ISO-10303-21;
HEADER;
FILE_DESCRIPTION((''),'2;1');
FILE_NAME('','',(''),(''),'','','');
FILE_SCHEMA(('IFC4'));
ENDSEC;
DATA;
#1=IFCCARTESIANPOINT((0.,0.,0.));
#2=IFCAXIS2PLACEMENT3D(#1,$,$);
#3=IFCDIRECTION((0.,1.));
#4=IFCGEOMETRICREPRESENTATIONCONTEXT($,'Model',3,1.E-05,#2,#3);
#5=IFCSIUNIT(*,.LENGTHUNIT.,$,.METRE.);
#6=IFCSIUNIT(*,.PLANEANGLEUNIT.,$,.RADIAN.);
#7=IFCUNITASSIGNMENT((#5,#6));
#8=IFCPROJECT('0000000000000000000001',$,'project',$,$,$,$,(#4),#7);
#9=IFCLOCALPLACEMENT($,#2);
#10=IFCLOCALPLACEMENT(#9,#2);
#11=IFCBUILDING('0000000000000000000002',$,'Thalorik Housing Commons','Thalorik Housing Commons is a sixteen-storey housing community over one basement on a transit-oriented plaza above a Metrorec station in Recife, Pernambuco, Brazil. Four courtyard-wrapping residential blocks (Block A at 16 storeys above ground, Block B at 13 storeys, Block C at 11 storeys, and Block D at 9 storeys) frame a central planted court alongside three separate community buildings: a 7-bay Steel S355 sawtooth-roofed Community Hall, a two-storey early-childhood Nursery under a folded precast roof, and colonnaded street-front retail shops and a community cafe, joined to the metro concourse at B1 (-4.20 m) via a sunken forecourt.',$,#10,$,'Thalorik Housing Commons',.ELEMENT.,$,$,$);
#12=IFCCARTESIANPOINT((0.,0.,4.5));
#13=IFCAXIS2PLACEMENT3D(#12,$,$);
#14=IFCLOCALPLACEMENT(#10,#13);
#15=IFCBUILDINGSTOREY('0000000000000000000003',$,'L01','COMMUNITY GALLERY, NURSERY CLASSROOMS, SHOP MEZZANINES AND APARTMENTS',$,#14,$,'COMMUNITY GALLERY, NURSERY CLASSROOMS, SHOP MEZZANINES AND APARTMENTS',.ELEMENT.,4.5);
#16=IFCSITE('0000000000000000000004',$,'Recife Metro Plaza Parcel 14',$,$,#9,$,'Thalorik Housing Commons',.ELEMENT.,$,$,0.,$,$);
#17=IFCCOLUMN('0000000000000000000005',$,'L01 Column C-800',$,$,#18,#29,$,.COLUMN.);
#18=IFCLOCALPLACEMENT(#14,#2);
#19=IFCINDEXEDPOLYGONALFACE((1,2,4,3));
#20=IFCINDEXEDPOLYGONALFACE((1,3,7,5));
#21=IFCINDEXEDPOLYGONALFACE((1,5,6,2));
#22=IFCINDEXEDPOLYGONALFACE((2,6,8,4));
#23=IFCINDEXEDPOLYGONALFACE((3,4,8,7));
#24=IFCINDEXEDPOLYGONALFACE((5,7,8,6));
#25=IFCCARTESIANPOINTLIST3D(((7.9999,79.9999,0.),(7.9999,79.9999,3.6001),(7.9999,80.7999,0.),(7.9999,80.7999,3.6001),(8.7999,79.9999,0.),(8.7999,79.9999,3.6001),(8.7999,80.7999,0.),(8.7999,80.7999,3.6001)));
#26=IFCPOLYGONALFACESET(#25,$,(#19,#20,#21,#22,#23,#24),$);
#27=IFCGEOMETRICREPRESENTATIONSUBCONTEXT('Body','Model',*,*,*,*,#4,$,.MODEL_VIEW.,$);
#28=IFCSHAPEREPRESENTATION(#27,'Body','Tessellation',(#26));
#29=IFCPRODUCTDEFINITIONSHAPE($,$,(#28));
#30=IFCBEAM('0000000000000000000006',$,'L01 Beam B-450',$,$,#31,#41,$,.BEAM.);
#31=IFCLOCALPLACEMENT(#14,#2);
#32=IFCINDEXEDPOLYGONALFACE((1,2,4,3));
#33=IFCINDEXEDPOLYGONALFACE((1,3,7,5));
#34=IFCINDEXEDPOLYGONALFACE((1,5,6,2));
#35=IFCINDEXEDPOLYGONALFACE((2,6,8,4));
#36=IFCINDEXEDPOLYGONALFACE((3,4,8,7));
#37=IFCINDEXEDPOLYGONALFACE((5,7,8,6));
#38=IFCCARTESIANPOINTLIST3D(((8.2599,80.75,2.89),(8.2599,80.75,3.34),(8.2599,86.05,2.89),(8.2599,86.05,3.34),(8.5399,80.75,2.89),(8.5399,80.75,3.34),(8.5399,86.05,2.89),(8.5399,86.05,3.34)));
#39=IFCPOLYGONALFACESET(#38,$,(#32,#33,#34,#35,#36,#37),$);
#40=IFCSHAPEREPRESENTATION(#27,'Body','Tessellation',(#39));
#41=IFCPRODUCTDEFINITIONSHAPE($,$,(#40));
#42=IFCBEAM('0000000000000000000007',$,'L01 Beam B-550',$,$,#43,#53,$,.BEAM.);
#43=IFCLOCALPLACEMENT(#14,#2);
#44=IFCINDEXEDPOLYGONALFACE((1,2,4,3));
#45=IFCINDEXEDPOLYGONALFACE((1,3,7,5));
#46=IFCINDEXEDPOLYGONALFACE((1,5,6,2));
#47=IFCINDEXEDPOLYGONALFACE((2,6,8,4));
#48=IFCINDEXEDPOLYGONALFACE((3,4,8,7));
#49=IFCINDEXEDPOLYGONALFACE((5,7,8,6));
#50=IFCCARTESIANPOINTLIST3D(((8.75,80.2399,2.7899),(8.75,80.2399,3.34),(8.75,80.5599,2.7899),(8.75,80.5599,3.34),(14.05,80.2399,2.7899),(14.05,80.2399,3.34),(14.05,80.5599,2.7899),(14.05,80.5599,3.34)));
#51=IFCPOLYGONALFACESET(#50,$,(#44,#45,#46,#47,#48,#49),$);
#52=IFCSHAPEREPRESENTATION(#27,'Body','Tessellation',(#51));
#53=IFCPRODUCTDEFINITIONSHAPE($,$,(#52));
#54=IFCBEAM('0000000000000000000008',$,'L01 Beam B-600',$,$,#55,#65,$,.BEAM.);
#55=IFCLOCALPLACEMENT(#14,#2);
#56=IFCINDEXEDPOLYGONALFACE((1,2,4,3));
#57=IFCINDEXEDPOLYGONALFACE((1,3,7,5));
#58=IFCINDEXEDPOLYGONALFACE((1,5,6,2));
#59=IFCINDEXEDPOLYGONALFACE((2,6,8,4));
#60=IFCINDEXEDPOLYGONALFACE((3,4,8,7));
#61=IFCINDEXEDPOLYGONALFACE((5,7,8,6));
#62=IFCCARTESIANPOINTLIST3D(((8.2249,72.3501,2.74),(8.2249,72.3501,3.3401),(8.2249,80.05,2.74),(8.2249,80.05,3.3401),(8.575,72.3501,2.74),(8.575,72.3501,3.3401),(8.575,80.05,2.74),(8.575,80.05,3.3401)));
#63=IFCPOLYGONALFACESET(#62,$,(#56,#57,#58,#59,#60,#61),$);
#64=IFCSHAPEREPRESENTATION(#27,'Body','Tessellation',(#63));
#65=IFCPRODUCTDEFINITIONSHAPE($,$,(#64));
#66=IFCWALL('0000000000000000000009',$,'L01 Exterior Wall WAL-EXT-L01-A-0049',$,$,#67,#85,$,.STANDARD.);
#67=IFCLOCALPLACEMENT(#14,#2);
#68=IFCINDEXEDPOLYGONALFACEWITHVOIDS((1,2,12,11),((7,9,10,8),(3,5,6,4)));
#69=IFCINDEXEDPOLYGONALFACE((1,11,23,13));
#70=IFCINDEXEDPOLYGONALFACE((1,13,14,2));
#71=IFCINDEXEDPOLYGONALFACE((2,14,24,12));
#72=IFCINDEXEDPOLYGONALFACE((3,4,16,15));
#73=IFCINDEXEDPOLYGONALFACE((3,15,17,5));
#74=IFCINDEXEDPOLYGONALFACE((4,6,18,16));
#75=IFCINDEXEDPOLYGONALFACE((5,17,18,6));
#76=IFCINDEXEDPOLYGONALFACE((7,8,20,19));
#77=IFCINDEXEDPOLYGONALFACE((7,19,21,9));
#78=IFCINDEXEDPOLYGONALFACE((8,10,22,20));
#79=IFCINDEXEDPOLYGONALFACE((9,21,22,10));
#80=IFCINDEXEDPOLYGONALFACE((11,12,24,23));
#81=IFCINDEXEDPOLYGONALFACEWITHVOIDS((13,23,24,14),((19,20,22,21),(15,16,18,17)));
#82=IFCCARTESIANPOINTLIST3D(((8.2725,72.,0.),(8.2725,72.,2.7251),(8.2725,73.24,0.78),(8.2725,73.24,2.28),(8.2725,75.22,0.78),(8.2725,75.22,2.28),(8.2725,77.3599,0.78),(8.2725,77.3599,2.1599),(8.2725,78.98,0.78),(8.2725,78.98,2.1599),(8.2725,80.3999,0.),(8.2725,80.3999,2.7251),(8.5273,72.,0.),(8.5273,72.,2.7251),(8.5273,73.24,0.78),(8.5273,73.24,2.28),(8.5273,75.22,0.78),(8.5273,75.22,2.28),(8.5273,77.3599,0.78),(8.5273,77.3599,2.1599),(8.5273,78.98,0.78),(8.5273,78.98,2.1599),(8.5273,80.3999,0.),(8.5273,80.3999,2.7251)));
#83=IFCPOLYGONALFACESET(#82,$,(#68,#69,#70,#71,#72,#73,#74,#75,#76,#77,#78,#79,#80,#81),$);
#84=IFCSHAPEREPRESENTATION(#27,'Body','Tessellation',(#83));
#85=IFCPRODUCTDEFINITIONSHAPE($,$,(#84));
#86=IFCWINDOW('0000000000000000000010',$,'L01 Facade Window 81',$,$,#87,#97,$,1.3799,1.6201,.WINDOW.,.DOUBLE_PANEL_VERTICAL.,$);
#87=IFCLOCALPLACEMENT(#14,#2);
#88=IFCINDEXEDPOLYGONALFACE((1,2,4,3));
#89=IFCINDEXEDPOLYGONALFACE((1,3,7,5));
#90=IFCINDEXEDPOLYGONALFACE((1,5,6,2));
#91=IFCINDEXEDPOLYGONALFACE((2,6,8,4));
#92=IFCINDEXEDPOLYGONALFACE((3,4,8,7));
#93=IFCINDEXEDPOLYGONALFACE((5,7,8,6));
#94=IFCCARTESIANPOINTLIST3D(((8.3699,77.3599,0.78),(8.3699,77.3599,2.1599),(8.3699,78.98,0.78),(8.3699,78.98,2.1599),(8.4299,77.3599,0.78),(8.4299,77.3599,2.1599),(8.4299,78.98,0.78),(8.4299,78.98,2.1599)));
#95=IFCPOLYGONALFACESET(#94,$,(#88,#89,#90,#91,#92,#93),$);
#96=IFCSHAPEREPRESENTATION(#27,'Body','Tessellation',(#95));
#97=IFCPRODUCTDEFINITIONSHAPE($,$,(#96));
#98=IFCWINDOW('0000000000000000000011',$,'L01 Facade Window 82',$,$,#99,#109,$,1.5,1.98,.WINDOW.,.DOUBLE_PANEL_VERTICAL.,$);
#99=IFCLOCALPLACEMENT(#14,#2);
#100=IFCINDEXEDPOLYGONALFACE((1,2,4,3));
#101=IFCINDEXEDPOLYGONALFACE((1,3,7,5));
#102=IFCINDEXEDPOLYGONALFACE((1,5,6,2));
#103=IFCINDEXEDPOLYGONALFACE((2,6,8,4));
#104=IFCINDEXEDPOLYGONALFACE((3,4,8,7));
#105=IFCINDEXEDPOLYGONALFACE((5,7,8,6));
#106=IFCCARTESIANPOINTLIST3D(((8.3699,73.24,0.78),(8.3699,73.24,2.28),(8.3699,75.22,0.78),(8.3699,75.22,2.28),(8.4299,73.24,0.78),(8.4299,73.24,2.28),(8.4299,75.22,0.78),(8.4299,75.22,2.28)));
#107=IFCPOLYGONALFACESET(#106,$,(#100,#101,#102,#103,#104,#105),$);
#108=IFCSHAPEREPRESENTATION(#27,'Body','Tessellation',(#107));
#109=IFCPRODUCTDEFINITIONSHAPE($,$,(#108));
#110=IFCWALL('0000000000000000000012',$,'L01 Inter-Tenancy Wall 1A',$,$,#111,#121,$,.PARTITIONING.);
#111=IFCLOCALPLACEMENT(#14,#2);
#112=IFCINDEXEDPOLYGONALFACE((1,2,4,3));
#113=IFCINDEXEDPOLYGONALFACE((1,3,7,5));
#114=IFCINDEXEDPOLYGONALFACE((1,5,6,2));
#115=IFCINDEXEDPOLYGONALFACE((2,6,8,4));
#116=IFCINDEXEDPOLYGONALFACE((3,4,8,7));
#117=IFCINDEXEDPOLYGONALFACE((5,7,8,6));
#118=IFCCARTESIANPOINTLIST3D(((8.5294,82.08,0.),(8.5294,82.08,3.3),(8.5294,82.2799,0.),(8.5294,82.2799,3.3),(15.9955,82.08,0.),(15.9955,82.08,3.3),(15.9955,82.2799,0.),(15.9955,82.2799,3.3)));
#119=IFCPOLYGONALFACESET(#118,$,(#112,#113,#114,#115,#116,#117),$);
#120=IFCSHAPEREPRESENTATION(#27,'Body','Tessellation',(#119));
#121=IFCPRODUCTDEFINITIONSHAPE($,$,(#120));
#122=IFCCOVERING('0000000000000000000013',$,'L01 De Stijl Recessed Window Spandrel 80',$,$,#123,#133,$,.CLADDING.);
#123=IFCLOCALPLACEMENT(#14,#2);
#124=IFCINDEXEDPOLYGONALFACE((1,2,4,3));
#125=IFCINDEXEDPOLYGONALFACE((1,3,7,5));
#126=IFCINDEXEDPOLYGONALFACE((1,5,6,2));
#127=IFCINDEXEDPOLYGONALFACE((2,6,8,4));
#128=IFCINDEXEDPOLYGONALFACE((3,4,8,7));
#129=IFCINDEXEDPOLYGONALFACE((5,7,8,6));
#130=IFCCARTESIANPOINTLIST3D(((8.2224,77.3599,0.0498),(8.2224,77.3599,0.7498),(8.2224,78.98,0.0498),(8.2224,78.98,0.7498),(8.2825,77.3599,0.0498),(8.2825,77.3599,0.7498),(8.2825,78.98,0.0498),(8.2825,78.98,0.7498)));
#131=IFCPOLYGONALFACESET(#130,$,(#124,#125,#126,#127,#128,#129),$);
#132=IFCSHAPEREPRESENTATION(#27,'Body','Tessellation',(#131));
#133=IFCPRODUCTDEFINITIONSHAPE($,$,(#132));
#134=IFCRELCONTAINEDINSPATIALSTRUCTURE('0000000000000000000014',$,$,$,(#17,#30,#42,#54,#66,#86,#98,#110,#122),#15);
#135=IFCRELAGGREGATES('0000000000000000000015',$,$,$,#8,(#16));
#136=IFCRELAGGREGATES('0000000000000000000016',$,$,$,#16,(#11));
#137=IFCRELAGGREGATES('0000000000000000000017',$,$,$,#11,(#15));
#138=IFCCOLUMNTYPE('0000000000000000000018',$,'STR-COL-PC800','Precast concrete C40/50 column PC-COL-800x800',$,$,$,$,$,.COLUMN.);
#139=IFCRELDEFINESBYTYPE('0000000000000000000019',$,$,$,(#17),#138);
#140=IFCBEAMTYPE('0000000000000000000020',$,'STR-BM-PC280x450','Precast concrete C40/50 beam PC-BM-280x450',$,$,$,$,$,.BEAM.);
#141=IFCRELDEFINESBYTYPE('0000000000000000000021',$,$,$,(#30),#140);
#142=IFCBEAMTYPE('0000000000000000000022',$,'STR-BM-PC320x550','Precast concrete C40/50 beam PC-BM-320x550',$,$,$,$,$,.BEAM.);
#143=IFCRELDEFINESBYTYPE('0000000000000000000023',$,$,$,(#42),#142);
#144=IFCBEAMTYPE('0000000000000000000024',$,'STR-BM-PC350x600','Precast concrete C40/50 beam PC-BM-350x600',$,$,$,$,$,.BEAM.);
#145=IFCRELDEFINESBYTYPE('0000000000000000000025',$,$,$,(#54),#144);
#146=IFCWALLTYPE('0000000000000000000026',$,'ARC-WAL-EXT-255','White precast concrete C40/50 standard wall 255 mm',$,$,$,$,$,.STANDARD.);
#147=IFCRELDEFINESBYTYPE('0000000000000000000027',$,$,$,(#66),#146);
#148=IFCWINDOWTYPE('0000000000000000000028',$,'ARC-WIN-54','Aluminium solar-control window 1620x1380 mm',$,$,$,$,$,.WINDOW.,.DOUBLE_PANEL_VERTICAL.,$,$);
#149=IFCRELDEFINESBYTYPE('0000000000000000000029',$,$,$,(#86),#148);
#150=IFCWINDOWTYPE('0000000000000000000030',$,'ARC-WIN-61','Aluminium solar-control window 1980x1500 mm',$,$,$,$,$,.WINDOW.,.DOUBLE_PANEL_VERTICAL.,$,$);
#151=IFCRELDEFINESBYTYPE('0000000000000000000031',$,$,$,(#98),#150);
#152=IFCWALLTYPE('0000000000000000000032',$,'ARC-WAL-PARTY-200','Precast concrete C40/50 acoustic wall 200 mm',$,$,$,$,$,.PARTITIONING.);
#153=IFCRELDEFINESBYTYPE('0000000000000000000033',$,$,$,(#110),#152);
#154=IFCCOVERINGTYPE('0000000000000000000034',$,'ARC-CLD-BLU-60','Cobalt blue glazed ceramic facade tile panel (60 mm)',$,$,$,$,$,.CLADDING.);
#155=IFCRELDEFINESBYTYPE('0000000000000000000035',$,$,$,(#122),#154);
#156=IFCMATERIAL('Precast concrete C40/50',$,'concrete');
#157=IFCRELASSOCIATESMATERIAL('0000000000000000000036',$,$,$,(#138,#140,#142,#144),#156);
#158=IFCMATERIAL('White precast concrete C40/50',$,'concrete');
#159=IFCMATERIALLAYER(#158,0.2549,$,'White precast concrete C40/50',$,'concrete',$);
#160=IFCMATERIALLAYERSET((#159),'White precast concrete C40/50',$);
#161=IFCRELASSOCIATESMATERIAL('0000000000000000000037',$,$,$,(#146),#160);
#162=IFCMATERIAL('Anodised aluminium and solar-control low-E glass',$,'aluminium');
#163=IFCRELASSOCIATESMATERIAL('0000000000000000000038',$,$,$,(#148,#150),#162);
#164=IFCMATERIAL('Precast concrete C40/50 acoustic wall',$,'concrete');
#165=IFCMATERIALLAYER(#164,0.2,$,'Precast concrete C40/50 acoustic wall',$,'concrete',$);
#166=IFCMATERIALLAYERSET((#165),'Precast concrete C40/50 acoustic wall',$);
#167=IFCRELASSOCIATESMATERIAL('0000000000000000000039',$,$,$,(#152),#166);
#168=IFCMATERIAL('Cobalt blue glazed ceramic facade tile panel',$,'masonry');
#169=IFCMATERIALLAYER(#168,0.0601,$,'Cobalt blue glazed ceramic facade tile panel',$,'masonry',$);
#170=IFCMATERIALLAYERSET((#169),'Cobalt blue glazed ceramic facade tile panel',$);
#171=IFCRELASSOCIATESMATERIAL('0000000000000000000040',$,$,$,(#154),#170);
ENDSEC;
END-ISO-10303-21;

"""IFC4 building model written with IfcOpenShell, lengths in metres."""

from ifc_helpers import new_model, si_unit, direction, frame, frame_2d, origin, origin_2d, place, context, subcontext, project, spatial, rectangle, extrude, material, layer, layer_set, material_profile, profile_set, type_object, element, fill, save


model = new_model("IFC4")

# Units and contexts
model_context = context("Model", 3, precision=1e-05, world=origin(), true_north=direction((0.0, 1.0)))
body_context = subcontext(model_context, "Body", "Model", "MODEL_VIEW")
ifc_project = project(units=[si_unit("LENGTHUNIT", "METRE"), si_unit("PLANEANGLEUNIT", "RADIAN")], contexts=[model_context])

# Site, building, storey
site_placement = place(None, origin())
site = spatial("IfcSite", under=ifc_project, at=site_placement, Name="Recife Metro Plaza Parcel 14", LongName="Thalorik Housing Commons", CompositionType="ELEMENT", RefElevation=0.0)
building_placement = place(site_placement, origin())
building = spatial("IfcBuilding", under=site, at=building_placement, Name="Thalorik Housing Commons", Description="Thalorik Housing Commons is a sixteen-storey housing community over one basement on a transit-oriented plaza above a Metrorec station in Recife, Pernambuco, Brazil. Four courtyard-wrapping residential blocks (Block A at 16 storeys above ground, Block B at 13 storeys, Block C at 11 storeys, and Block D at 9 storeys) frame a central planted court alongside three separate community buildings: a 7-bay Steel S355 sawtooth-roofed Community Hall, a two-storey early-childhood Nursery under a folded precast roof, and colonnaded street-front retail shops and a community cafe, joined to the metro concourse at B1 (-4.20 m) via a sunken forecourt.", LongName="Thalorik Housing Commons", CompositionType="ELEMENT")
storey_placement = place(building_placement, frame((0.0, 0.0, 4.5)))
storey = spatial("IfcBuildingStorey", under=building, at=storey_placement, Name="L01", Description="COMMUNITY GALLERY, NURSERY CLASSROOMS, SHOP MEZZANINES AND APARTMENTS", LongName="COMMUNITY GALLERY, NURSERY CLASSROOMS, SHOP MEZZANINES AND APARTMENTS", CompositionType="ELEMENT", Elevation=4.5)

# Column
ifc_material_1 = material(Name="Precast concrete C40/50", Category="concrete")
ifc_material_profile_1 = material_profile(ifc_material_1, rectangle(XDim=0.8, YDim=0.8, at=origin_2d()), Name="PC 800x800", Category="concrete")
ifc_profile_set_1 = profile_set([ifc_material_profile_1], Name="Precast concrete C40/50")
column_type = type_object("IfcColumnType", Name="STR-COL-PC800", Description="Precast concrete C40/50 column PC-COL-800x800", PredefinedType="COLUMN", material=ifc_profile_set_1)
column_placement = place(storey_placement, frame((8.3999, 80.3999, 0.0), z_axis=(0.0, 0.0, 1.0), x_axis=(1.0, 0.0, 0.0)))
element("IfcColumn", 1, at=column_placement, inside=storey, type_object=column_type, Name="L01 Column C-800", PredefinedType="COLUMN", context=body_context, shape_type="SweptSolid", body=[
    extrude(rectangle(XDim=0.8, YDim=0.8, at=origin_2d()), origin(), (0.0, 0.0, 1.0), 3.6001),
])

# Beams
ifc_material_profile_2 = material_profile(ifc_material_1, rectangle(XDim=0.28, YDim=0.45, at=origin_2d()), Name="PC 280x450", Category="concrete")
ifc_profile_set_2 = profile_set([ifc_material_profile_2], Name="Precast concrete C40/50")
beam_type_1 = type_object("IfcBeamType", Name="STR-BM-PC280x450", Description="Precast concrete C40/50 beam PC-BM-280x450", PredefinedType="BEAM", material=ifc_profile_set_2)
beam_1_placement = place(storey_placement, frame((8.3999, 80.75, 3.115), z_axis=(0.0, 1.0, 0.0), x_axis=(-1.0, 0.0, 0.0)))
element("IfcBeam", 2, at=beam_1_placement, inside=storey, type_object=beam_type_1, Name="L01 Beam B-450", PredefinedType="BEAM", context=body_context, shape_type="SweptSolid", body=[
    extrude(rectangle(XDim=0.28, YDim=0.45, at=origin_2d()), origin(), (0.0, 0.0, 1.0), 5.3),
])
ifc_material_profile_3 = material_profile(ifc_material_1, rectangle(XDim=0.3201, YDim=0.55, at=origin_2d()), Name="PC 320x550", Category="concrete")
ifc_profile_set_3 = profile_set([ifc_material_profile_3], Name="Precast concrete C40/50")
beam_type_2 = type_object("IfcBeamType", Name="STR-BM-PC320x550", Description="Precast concrete C40/50 beam PC-BM-320x550", PredefinedType="BEAM", material=ifc_profile_set_3)
beam_2_placement = place(storey_placement, frame((8.75, 80.3999, 3.0649), z_axis=(1.0, 0.0, 0.0), x_axis=(0.0, 1.0, 0.0)))
element("IfcBeam", 3, at=beam_2_placement, inside=storey, type_object=beam_type_2, Name="L01 Beam B-550", PredefinedType="BEAM", context=body_context, shape_type="SweptSolid", body=[
    extrude(rectangle(XDim=0.3201, YDim=0.55, at=origin_2d()), origin(), (0.0, 0.0, 1.0), 5.3),
])
ifc_material_profile_4 = material_profile(ifc_material_1, rectangle(XDim=0.3501, YDim=0.6001, at=origin_2d()), Name="PC 350x600", Category="concrete")
ifc_profile_set_4 = profile_set([ifc_material_profile_4], Name="Precast concrete C40/50")
beam_type_3 = type_object("IfcBeamType", Name="STR-BM-PC350x600", Description="Precast concrete C40/50 beam PC-BM-350x600", PredefinedType="BEAM", material=ifc_profile_set_4)
beam_3_placement = place(storey_placement, frame((8.3999, 72.3501, 3.04), z_axis=(0.0, 1.0, 0.0), x_axis=(-1.0, 0.0, 0.0)))
element("IfcBeam", 4, at=beam_3_placement, inside=storey, type_object=beam_type_3, Name="L01 Beam B-600", PredefinedType="BEAM", context=body_context, shape_type="SweptSolid", body=[
    extrude(rectangle(XDim=0.3501, YDim=0.6001, at=origin_2d()), origin(), (0.0, 0.0, 1.0), 7.7),
])

# Wall, openings, windows
ifc_material_2 = material(Name="White precast concrete C40/50", Category="concrete")
ifc_layer_1 = layer(ifc_material_2, 0.2549, Name="White precast concrete C40/50", Category="concrete")
ifc_layer_set_1 = layer_set([ifc_layer_1], Name="White precast concrete C40/50")
wall_type_1 = type_object("IfcWallType", Name="ARC-WAL-EXT-255", Description="White precast concrete C40/50 standard wall 255 mm", PredefinedType="STANDARD", material=ifc_layer_set_1)
wall_1_placement = place(storey_placement, frame((8.3999, 80.3999, 0.0), z_axis=(0.0, 0.0, 1.0), x_axis=(0.0, -1.0, 0.0)))
wall_1 = element("IfcWall", 5, at=wall_1_placement, inside=storey, type_object=wall_type_1, Name="L01 Exterior Wall WAL-EXT-L01-A-0049", PredefinedType="STANDARD", context=body_context, shape_type="SweptSolid", body=[
    extrude(rectangle(XDim=8.3999, YDim=0.2549, at=frame_2d((4.2, 0.0))), origin(), (0.0, 0.0, 1.0), 2.7251),
])
opening_1_placement = place(wall_1_placement, frame((1.4199, 0.0, 0.78)))
opening_1 = element("IfcOpeningElement", 6, at=opening_1_placement, cuts=wall_1, PredefinedType="OPENING", context=body_context, shape_type="SweptSolid", body=[
    extrude(rectangle(XDim=1.6201, YDim=1.3799, at=frame_2d((0.8101, 0.6899))), frame((0.0, 0.1375, 0.0), z_axis=(0.0, -1.0, 0.0), x_axis=(1.0, 0.0, 0.0)), (0.0, 0.0, 1.0), 0.2749),
])
opening_2_placement = place(wall_1_placement, frame((5.1799, 0.0, 0.78)))
opening_2 = element("IfcOpeningElement", 7, at=opening_2_placement, cuts=wall_1, PredefinedType="OPENING", context=body_context, shape_type="SweptSolid", body=[
    extrude(rectangle(XDim=1.98, YDim=1.5, at=frame_2d((0.99, 0.75))), frame((0.0, 0.1375, 0.0), z_axis=(0.0, -1.0, 0.0), x_axis=(1.0, 0.0, 0.0)), (0.0, 0.0, 1.0), 0.2749),
])
ifc_material_3 = material(Name="Anodised aluminium and solar-control low-E glass", Category="aluminium")
window_type_1 = type_object("IfcWindowType", Name="ARC-WIN-54", Description="Aluminium solar-control window 1620x1380 mm", PartitioningType="DOUBLE_PANEL_VERTICAL", PredefinedType="WINDOW", material=ifc_material_3)
window_1_placement = place(opening_1_placement, origin())
window_1 = element("IfcWindow", 8, at=window_1_placement, inside=storey, type_object=window_type_1, Name="L01 Facade Window 81", OverallHeight=1.3799, OverallWidth=1.6201, PartitioningType="DOUBLE_PANEL_VERTICAL", PredefinedType="WINDOW", context=body_context, shape_type="SweptSolid", body=[
    extrude(rectangle(XDim=1.6201, YDim=1.3799, at=frame_2d((0.8101, 0.6899))), frame((0.0, 0.03, 0.0), z_axis=(0.0, -1.0, 0.0), x_axis=(1.0, 0.0, 0.0)), (0.0, 0.0, 1.0), 0.0601),
])
fill(opening_1, window_1)
window_type_2 = type_object("IfcWindowType", Name="ARC-WIN-61", Description="Aluminium solar-control window 1980x1500 mm", PartitioningType="DOUBLE_PANEL_VERTICAL", PredefinedType="WINDOW", material=ifc_material_3)
window_2_placement = place(opening_2_placement, origin())
window_2 = element("IfcWindow", 9, at=window_2_placement, inside=storey, type_object=window_type_2, Name="L01 Facade Window 82", OverallHeight=1.5, OverallWidth=1.98, PartitioningType="DOUBLE_PANEL_VERTICAL", PredefinedType="WINDOW", context=body_context, shape_type="SweptSolid", body=[
    extrude(rectangle(XDim=1.98, YDim=1.5, at=frame_2d((0.99, 0.75))), frame((0.0, 0.03, 0.0), z_axis=(0.0, -1.0, 0.0), x_axis=(1.0, 0.0, 0.0)), (0.0, 0.0, 1.0), 0.0601),
])
fill(opening_2, window_2)

# Wall
ifc_material_4 = material(Name="Precast concrete C40/50 acoustic wall", Category="concrete")
ifc_layer_2 = layer(ifc_material_4, 0.2, Name="Precast concrete C40/50 acoustic wall", Category="concrete")
ifc_layer_set_2 = layer_set([ifc_layer_2], Name="Precast concrete C40/50 acoustic wall")
wall_type_2 = type_object("IfcWallType", Name="ARC-WAL-PARTY-200", Description="Precast concrete C40/50 acoustic wall 200 mm", PredefinedType="PARTITIONING", material=ifc_layer_set_2)
wall_2_placement = place(storey_placement, frame((8.5295, 82.1799, 0.0), z_axis=(0.0, 0.0, 1.0), x_axis=(1.0, 0.0, 0.0)))
element("IfcWall", 10, at=wall_2_placement, inside=storey, type_object=wall_type_2, Name="L01 Inter-Tenancy Wall 1A", PredefinedType="PARTITIONING", context=body_context, shape_type="SweptSolid", body=[
    extrude(rectangle(XDim=7.4661, YDim=0.2, at=frame_2d((3.7329, 0.0))), origin(), (0.0, 0.0, 1.0), 3.3),
])

# Covering
ifc_material_5 = material(Name="Cobalt blue glazed ceramic facade tile panel", Category="masonry")
ifc_layer_3 = layer(ifc_material_5, 0.0601, Name="Cobalt blue glazed ceramic facade tile panel", Category="masonry")
ifc_layer_set_3 = layer_set([ifc_layer_3], Name="Cobalt blue glazed ceramic facade tile panel")
covering_type_1 = type_object("IfcCoveringType", Name="ARC-CLD-BLU-60", Description="Cobalt blue glazed ceramic facade tile panel (60 mm)", PredefinedType="CLADDING", material=ifc_layer_set_3)
covering_1_placement = place(storey_placement, frame((8.2524, 78.1699, 0.0498), z_axis=(0.0, 0.0, 1.0), x_axis=(0.0, -1.0, 0.0)))
element("IfcCovering", 11, at=covering_1_placement, inside=storey, type_object=covering_type_1, Name="L01 De Stijl Recessed Window Spandrel 80", PredefinedType="CLADDING", context=body_context, shape_type="SweptSolid", body=[
    extrude(rectangle(XDim=1.6201, YDim=0.0601, at=origin_2d()), origin(), (0.0, 0.0, 1.0), 0.7),
])

save(model, "model.ifc")
